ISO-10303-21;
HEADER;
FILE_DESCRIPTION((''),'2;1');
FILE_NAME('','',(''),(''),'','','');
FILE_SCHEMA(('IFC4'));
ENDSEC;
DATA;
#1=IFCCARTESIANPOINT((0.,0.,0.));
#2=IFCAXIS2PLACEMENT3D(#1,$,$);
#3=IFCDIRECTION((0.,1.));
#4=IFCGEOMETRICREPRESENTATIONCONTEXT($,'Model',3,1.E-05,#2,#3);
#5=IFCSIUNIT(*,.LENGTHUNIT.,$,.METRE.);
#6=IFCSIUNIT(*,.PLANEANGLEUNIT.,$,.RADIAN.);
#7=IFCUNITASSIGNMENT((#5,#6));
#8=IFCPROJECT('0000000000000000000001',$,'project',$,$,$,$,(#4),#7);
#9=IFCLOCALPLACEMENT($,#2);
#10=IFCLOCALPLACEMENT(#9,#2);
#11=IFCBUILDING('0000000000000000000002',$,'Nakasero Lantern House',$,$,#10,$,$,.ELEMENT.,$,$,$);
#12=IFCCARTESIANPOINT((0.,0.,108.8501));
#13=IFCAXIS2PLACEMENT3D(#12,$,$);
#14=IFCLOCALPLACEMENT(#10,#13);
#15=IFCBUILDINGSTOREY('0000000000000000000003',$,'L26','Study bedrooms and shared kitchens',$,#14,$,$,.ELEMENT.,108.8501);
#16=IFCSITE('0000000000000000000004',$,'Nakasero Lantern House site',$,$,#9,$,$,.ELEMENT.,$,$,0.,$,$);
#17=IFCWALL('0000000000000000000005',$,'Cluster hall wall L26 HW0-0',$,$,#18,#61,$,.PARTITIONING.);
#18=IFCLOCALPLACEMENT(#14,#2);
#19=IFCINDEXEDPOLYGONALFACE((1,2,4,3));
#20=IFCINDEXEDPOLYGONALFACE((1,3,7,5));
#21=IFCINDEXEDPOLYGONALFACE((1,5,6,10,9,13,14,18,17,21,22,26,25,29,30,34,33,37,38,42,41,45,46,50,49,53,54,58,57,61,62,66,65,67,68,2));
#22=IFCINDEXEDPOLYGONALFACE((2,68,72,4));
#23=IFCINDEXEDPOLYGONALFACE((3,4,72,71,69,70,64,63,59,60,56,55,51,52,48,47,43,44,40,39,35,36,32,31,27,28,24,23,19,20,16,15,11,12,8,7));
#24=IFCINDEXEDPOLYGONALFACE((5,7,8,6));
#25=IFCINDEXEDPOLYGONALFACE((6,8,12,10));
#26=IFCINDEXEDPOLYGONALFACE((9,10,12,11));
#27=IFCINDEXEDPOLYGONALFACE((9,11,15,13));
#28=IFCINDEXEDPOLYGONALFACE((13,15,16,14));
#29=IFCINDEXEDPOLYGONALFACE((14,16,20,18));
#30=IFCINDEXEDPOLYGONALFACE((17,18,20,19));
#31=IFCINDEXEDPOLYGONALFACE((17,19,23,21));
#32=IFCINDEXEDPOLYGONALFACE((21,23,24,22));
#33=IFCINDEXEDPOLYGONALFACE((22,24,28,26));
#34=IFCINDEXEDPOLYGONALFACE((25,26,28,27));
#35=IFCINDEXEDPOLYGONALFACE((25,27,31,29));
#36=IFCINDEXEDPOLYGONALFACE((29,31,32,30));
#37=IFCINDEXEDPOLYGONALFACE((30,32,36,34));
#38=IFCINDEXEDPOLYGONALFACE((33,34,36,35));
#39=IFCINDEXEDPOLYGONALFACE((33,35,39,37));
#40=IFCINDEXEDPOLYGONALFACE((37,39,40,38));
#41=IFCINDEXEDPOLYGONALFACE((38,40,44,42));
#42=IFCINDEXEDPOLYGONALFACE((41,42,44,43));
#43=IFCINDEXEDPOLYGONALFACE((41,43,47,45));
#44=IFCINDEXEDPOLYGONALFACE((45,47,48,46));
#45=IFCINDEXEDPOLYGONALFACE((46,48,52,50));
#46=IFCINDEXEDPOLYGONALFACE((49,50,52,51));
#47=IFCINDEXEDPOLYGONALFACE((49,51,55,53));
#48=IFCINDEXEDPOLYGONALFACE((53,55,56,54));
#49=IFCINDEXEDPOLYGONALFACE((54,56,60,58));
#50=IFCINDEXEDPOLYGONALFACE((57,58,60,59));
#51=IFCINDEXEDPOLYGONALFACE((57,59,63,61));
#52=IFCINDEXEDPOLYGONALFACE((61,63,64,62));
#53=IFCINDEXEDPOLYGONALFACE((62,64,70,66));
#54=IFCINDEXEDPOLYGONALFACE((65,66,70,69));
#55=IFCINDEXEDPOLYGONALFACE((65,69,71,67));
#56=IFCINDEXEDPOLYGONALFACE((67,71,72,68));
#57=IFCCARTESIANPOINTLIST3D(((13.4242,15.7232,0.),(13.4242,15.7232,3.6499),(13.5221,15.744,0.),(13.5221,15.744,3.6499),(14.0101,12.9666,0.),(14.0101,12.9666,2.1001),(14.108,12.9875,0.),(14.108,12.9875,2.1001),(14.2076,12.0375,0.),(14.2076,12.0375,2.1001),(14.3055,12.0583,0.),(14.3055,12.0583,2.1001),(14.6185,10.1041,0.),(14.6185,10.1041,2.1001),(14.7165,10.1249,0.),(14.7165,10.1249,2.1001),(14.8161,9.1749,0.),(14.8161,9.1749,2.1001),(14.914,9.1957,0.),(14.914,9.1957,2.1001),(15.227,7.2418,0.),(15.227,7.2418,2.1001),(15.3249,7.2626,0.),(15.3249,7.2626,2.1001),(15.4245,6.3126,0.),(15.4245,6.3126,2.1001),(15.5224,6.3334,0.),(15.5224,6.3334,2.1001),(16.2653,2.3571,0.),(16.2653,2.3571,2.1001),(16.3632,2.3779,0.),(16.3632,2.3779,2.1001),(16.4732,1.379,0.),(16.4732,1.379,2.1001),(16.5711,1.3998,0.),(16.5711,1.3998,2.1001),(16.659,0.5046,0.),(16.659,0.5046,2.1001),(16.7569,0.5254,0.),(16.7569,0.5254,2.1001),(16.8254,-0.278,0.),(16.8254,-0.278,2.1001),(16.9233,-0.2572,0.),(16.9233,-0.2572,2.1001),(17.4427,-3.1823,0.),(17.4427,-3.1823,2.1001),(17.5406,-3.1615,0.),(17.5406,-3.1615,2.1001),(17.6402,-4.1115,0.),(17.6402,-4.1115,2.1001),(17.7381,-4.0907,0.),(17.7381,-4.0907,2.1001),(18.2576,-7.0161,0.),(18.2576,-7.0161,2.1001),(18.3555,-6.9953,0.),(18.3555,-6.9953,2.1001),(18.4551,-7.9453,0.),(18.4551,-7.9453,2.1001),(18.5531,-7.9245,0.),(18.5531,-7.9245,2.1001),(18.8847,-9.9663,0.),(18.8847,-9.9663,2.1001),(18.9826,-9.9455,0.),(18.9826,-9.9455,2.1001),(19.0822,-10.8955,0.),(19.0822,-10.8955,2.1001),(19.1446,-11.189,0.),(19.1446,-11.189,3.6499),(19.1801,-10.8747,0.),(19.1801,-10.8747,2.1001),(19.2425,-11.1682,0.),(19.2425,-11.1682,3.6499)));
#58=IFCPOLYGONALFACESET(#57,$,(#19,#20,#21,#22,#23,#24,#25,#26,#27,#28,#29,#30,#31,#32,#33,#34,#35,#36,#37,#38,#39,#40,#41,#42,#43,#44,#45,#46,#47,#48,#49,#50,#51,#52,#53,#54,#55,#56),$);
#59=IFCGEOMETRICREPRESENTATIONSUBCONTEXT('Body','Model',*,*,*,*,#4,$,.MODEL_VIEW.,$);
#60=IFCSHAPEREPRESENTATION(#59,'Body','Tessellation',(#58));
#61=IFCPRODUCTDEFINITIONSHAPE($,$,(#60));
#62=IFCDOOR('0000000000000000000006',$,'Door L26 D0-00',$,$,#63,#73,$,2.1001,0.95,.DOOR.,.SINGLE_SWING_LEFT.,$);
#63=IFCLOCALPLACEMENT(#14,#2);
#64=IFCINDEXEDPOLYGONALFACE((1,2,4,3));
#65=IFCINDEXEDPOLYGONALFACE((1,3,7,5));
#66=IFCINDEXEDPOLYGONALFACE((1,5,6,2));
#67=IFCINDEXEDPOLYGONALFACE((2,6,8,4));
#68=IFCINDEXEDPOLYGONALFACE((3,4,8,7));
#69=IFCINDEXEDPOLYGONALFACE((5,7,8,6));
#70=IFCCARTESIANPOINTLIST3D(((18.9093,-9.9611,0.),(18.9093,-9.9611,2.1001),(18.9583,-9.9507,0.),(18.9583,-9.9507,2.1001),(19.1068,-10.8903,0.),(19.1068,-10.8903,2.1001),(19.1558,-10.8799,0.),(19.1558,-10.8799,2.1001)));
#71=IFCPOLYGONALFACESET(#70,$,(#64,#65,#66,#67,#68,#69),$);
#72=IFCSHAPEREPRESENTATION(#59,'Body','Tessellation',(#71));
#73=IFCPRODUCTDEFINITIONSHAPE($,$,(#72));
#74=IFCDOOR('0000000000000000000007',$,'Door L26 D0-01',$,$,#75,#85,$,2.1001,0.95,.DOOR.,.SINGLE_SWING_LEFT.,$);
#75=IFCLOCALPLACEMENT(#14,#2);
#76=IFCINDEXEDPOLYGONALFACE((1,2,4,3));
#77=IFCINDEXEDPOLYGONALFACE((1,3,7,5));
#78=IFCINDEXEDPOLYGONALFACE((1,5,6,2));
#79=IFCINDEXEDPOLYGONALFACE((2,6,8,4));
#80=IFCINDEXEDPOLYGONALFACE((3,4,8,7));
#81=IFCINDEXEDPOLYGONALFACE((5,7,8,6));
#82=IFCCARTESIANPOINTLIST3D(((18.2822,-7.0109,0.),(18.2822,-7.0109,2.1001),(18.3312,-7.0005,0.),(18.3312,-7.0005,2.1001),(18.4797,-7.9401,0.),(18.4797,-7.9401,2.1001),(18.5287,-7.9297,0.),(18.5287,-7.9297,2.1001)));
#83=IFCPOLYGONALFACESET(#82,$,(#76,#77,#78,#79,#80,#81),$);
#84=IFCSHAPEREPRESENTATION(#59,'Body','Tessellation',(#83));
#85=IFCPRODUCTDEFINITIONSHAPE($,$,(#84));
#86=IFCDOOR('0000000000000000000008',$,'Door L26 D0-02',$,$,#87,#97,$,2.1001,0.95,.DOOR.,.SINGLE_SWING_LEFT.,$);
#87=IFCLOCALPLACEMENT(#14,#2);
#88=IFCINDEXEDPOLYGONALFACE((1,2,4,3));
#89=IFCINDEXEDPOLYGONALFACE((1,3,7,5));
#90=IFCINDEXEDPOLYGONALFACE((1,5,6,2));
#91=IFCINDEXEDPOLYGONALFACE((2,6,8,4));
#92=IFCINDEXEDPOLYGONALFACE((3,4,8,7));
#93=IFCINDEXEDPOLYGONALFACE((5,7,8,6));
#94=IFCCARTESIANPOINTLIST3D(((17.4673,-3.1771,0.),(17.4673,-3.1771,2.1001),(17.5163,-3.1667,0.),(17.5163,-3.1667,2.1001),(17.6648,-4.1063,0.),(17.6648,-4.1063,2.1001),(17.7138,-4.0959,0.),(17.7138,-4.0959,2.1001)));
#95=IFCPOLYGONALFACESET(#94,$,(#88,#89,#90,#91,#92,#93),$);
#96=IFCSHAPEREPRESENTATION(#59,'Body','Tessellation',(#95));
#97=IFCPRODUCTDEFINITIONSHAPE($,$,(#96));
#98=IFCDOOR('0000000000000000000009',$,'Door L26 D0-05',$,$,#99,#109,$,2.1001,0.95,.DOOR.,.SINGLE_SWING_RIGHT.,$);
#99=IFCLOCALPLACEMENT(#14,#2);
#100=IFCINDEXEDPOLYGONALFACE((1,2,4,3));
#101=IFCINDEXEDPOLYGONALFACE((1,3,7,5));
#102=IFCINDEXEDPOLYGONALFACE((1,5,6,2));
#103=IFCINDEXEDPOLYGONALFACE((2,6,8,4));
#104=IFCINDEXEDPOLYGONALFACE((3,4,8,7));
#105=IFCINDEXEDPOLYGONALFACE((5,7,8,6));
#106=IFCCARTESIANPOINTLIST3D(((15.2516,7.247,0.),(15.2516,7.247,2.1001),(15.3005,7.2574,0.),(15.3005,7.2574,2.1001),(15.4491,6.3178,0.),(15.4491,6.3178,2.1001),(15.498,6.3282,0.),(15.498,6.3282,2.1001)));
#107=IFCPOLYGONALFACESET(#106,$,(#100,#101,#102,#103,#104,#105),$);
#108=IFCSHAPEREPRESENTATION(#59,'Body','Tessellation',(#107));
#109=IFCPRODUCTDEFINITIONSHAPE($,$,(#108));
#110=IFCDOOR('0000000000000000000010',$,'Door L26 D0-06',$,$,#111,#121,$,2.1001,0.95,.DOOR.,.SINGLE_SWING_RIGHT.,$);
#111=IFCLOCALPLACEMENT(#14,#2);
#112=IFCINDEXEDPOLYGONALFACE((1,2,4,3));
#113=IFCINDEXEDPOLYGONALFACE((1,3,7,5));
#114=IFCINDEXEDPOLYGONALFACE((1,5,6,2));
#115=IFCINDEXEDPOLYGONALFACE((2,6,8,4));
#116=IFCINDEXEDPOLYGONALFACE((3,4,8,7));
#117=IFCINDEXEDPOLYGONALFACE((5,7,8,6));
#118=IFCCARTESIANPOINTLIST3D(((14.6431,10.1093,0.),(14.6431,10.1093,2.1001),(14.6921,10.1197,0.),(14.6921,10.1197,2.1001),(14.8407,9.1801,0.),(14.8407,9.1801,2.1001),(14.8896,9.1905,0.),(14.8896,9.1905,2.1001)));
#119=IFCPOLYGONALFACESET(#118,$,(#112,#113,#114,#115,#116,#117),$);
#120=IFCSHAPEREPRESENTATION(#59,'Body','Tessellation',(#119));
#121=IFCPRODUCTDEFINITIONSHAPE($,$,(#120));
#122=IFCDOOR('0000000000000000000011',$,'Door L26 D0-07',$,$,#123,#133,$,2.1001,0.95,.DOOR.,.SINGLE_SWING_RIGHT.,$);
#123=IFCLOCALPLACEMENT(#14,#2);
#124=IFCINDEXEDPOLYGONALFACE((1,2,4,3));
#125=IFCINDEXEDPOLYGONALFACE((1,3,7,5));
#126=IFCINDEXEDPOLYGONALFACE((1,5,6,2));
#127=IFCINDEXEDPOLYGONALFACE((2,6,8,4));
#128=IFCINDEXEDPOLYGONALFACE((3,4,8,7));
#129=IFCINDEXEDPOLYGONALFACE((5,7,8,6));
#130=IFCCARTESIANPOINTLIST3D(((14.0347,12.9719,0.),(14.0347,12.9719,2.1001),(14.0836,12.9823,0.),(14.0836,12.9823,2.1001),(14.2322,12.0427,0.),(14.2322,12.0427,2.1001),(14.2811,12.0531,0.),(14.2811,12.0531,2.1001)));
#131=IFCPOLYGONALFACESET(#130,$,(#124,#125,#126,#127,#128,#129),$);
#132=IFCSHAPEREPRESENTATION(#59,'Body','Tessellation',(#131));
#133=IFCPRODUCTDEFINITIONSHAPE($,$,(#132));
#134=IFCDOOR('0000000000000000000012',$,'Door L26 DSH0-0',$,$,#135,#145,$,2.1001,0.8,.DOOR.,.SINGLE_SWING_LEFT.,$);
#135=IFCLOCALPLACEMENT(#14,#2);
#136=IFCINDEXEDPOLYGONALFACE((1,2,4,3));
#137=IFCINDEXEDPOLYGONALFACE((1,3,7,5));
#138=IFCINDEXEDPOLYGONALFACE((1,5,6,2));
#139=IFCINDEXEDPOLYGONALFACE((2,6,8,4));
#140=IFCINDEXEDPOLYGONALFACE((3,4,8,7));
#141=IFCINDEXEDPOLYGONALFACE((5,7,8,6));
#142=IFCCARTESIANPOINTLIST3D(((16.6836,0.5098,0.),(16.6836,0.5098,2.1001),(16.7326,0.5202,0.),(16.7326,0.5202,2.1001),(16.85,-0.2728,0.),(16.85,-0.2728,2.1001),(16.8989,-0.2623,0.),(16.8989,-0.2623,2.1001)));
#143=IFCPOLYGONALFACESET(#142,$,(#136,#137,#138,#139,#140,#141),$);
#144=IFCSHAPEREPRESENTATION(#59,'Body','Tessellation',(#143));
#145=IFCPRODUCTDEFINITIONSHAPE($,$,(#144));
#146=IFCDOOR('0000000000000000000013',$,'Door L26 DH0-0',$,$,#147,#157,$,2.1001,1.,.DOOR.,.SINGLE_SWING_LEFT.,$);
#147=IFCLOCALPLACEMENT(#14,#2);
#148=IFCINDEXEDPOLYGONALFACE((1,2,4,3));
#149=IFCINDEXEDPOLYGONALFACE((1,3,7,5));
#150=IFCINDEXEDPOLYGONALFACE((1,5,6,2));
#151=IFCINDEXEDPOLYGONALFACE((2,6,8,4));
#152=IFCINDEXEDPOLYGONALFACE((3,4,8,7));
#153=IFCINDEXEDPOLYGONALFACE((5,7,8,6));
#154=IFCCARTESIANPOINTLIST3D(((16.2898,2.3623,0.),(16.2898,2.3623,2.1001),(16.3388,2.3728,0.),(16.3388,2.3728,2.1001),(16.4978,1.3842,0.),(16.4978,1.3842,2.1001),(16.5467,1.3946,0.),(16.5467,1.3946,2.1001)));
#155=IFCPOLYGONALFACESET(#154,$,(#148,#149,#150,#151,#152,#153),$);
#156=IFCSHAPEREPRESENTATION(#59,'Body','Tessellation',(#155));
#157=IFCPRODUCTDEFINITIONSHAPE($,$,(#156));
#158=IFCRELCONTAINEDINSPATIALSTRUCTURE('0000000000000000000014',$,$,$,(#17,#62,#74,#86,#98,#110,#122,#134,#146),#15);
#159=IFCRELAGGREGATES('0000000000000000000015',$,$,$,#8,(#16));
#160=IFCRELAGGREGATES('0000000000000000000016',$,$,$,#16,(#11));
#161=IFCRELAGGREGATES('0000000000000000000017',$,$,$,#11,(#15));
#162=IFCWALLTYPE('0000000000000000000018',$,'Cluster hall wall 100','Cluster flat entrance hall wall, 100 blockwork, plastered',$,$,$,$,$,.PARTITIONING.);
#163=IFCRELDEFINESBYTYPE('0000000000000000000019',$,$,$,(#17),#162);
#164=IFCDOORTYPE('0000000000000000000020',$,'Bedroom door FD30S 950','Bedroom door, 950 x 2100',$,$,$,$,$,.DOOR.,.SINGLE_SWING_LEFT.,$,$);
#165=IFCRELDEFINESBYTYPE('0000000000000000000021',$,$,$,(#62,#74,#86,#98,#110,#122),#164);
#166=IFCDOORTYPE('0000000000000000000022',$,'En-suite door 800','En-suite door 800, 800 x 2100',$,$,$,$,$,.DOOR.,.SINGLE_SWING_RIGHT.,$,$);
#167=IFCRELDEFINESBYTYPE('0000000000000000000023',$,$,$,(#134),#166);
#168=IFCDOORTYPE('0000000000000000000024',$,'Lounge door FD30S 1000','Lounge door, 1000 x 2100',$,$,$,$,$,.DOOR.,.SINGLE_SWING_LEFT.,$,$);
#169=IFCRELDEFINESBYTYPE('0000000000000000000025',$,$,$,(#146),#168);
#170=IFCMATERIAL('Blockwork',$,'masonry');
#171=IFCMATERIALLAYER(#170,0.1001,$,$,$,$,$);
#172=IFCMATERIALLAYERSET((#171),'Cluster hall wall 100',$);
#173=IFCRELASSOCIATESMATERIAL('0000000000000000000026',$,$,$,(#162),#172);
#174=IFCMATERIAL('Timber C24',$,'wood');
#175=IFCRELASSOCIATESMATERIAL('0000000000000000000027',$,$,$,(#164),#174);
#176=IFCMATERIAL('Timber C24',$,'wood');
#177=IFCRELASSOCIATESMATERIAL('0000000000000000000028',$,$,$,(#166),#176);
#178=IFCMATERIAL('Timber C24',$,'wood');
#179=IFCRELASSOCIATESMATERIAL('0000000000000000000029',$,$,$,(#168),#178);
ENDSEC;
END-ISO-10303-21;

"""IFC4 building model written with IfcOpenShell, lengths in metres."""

from ifc_helpers import new_model, si_unit, direction, frame, frame_2d, origin, place, context, subcontext, project, spatial, rectangle, extrude, material, layer, layer_set, type_object, element, fill, save


model = new_model("IFC4")

# Units and contexts
model_context = context("Model", 3, precision=1e-05, world=origin(), true_north=direction((0.0, 1.0)))
body_context = subcontext(model_context, "Body", "Model", "MODEL_VIEW")
ifc_project = project(units=[si_unit("LENGTHUNIT", "METRE"), si_unit("PLANEANGLEUNIT", "RADIAN")], contexts=[model_context])

# Site, building, storey
site_placement = place(None, origin())
site = spatial("IfcSite", under=ifc_project, at=site_placement, Name="Nakasero Lantern House site", CompositionType="ELEMENT", RefElevation=0.0)
building_placement = place(site_placement, origin())
building = spatial("IfcBuilding", under=site, at=building_placement, Name="Nakasero Lantern House", CompositionType="ELEMENT")
storey_placement = place(building_placement, frame((0.0, 0.0, 108.8501)))
storey = spatial("IfcBuildingStorey", under=building, at=storey_placement, Name="L26", Description="Study bedrooms and shared kitchens", CompositionType="ELEMENT", Elevation=108.8501)

# Wall, openings, doors
ifc_material_1 = material(Name="Blockwork", Category="masonry")
ifc_layer_1 = layer(ifc_material_1, 0.1001)
ifc_layer_set_1 = layer_set([ifc_layer_1], Name="Cluster hall wall 100")
wall_type_1 = type_object("IfcWallType", Name="Cluster hall wall 100", Description="Cluster flat entrance hall wall, 100 blockwork, plastered", PredefinedType="PARTITIONING", material=ifc_layer_set_1)
wall_1_placement = place(storey_placement, frame((19.1936, -11.1787, 0.0), z_axis=(0.0, 0.0, 1.0), x_axis=(-0.207916, 0.978147, 0.0)))
wall_1 = element("IfcWall", 1, at=wall_1_placement, inside=storey, type_object=wall_type_1, Name="Cluster hall wall L26 HW0-0", PredefinedType="PARTITIONING", context=body_context, shape_type="SweptSolid", body=[
    extrude(rectangle(XDim=27.5134, YDim=0.1001, at=frame_2d((13.7568, 0.0))), origin(), (0.0, 0.0, 1.0), 3.6499),
])
opening_1_placement = place(wall_1_placement, frame((12.8489, 0.0, 0.0)))
opening_1 = element("IfcOpeningElement", 2, at=opening_1_placement, cuts=wall_1, PredefinedType="OPENING", context=body_context, shape_type="SweptSolid", body=[
    extrude(rectangle(XDim=1.0, YDim=2.1001, at=frame_2d((0.5, 1.05))), frame((0.0, 0.0701, 0.0), z_axis=(0.0, -1.0, 0.0), x_axis=(1.0, 0.0, 0.0)), (0.0, 0.0, 1.0), 0.1401),
])
opening_2_placement = place(wall_1_placement, frame((11.155, 0.0, 0.0)))
opening_2 = element("IfcOpeningElement", 3, at=opening_2_placement, cuts=wall_1, PredefinedType="OPENING", context=body_context, shape_type="SweptSolid", body=[
    extrude(rectangle(XDim=0.8, YDim=2.1001, at=frame_2d((0.3999, 1.05))), frame((0.0, 0.0701, 0.0), z_axis=(0.0, -1.0, 0.0), x_axis=(1.0, 0.0, 0.0)), (0.0, 0.0, 1.0), 0.1401),
])
opening_3_placement = place(wall_1_placement, frame((0.3, 0.0, 0.0)))
opening_3 = element("IfcOpeningElement", 4, at=opening_3_placement, cuts=wall_1, PredefinedType="OPENING", context=body_context, shape_type="SweptSolid", body=[
    extrude(rectangle(XDim=0.95, YDim=2.1001, at=frame_2d((0.4751, 1.05))), frame((0.0, 0.0701, 0.0), z_axis=(0.0, -1.0, 0.0), x_axis=(1.0, 0.0, 0.0)), (0.0, 0.0, 1.0), 0.1401),
])
opening_4_placement = place(wall_1_placement, frame((3.3162, 0.0, 0.0)))
opening_4 = element("IfcOpeningElement", 5, at=opening_4_placement, cuts=wall_1, PredefinedType="OPENING", context=body_context, shape_type="SweptSolid", body=[
    extrude(rectangle(XDim=0.95, YDim=2.1001, at=frame_2d((0.4751, 1.05))), frame((0.0, 0.0701, 0.0), z_axis=(0.0, -1.0, 0.0), x_axis=(1.0, 0.0, 0.0)), (0.0, 0.0, 1.0), 0.1401),
])
opening_5_placement = place(wall_1_placement, frame((7.2356, 0.0, 0.0)))
opening_5 = element("IfcOpeningElement", 6, at=opening_5_placement, cuts=wall_1, PredefinedType="OPENING", context=body_context, shape_type="SweptSolid", body=[
    extrude(rectangle(XDim=0.95, YDim=2.1001, at=frame_2d((0.4751, 1.05))), frame((0.0, 0.0701, 0.0), z_axis=(0.0, -1.0, 0.0), x_axis=(1.0, 0.0, 0.0)), (0.0, 0.0, 1.0), 0.1401),
])
opening_6_placement = place(wall_1_placement, frame((17.8926, 0.0, 0.0)))
opening_6 = element("IfcOpeningElement", 7, at=opening_6_placement, cuts=wall_1, PredefinedType="OPENING", context=body_context, shape_type="SweptSolid", body=[
    extrude(rectangle(XDim=0.95, YDim=2.1001, at=frame_2d((0.4751, 1.05))), frame((0.0, 0.0701, 0.0), z_axis=(0.0, -1.0, 0.0), x_axis=(1.0, 0.0, 0.0)), (0.0, 0.0, 1.0), 0.1401),
])
opening_7_placement = place(wall_1_placement, frame((20.8188, 0.0, 0.0)))
opening_7 = element("IfcOpeningElement", 8, at=opening_7_placement, cuts=wall_1, PredefinedType="OPENING", context=body_context, shape_type="SweptSolid", body=[
    extrude(rectangle(XDim=0.95, YDim=2.1001, at=frame_2d((0.4751, 1.05))), frame((0.0, 0.0701, 0.0), z_axis=(0.0, -1.0, 0.0), x_axis=(1.0, 0.0, 0.0)), (0.0, 0.0, 1.0), 0.1401),
])
opening_8_placement = place(wall_1_placement, frame((23.7454, 0.0, 0.0)))
opening_8 = element("IfcOpeningElement", 9, at=opening_8_placement, cuts=wall_1, PredefinedType="OPENING", context=body_context, shape_type="SweptSolid", body=[
    extrude(rectangle(XDim=0.95, YDim=2.1001, at=frame_2d((0.4751, 1.05))), frame((0.0, 0.0701, 0.0), z_axis=(0.0, -1.0, 0.0), x_axis=(1.0, 0.0, 0.0)), (0.0, 0.0, 1.0), 0.1401),
])
ifc_material_2 = material(Name="Timber C24", Category="wood")
door_type_1 = type_object("IfcDoorType", Name="Bedroom door FD30S 950", Description="Bedroom door, 950 x 2100", OperationType="SINGLE_SWING_LEFT", PredefinedType="DOOR", material=ifc_material_2)
door_1_placement = place(opening_3_placement, origin())
door_1 = element("IfcDoor", 10, at=door_1_placement, inside=storey, type_object=door_type_1, Name="Door L26 D0-00", OperationType="SINGLE_SWING_LEFT", OverallHeight=2.1001, OverallWidth=0.95, PredefinedType="DOOR", context=body_context, shape_type="SweptSolid", body=[
    extrude(rectangle(XDim=0.95, YDim=2.1001, at=frame_2d((0.4751, 1.05))), frame((0.0, 0.0249, 0.0), z_axis=(0.0, -1.0, 0.0), x_axis=(1.0, 0.0, 0.0)), (0.0, 0.0, 1.0), 0.05),
])
fill(opening_3, door_1)
door_2_placement = place(opening_4_placement, origin())
door_2 = element("IfcDoor", 11, at=door_2_placement, inside=storey, type_object=door_type_1, Name="Door L26 D0-01", OperationType="SINGLE_SWING_LEFT", OverallHeight=2.1001, OverallWidth=0.95, PredefinedType="DOOR", context=body_context, shape_type="SweptSolid", body=[
    extrude(rectangle(XDim=0.95, YDim=2.1001, at=frame_2d((0.4751, 1.05))), frame((0.0, 0.0249, 0.0), z_axis=(0.0, -1.0, 0.0), x_axis=(1.0, 0.0, 0.0)), (0.0, 0.0, 1.0), 0.05),
])
fill(opening_4, door_2)
door_3_placement = place(opening_5_placement, origin())
door_3 = element("IfcDoor", 12, at=door_3_placement, inside=storey, type_object=door_type_1, Name="Door L26 D0-02", OperationType="SINGLE_SWING_LEFT", OverallHeight=2.1001, OverallWidth=0.95, PredefinedType="DOOR", context=body_context, shape_type="SweptSolid", body=[
    extrude(rectangle(XDim=0.95, YDim=2.1001, at=frame_2d((0.4751, 1.05))), frame((0.0, 0.0249, 0.0), z_axis=(0.0, -1.0, 0.0), x_axis=(1.0, 0.0, 0.0)), (0.0, 0.0, 1.0), 0.05),
])
fill(opening_5, door_3)
door_4_placement = place(opening_6_placement, origin())
door_4 = element("IfcDoor", 13, at=door_4_placement, inside=storey, type_object=door_type_1, Name="Door L26 D0-05", OperationType="SINGLE_SWING_RIGHT", OverallHeight=2.1001, OverallWidth=0.95, PredefinedType="DOOR", context=body_context, shape_type="SweptSolid", body=[
    extrude(rectangle(XDim=0.95, YDim=2.1001, at=frame_2d((0.4751, 1.05))), frame((0.0, 0.0249, 0.0), z_axis=(0.0, -1.0, 0.0), x_axis=(1.0, 0.0, 0.0)), (0.0, 0.0, 1.0), 0.05),
])
fill(opening_6, door_4)
door_5_placement = place(opening_7_placement, origin())
door_5 = element("IfcDoor", 14, at=door_5_placement, inside=storey, type_object=door_type_1, Name="Door L26 D0-06", OperationType="SINGLE_SWING_RIGHT", OverallHeight=2.1001, OverallWidth=0.95, PredefinedType="DOOR", context=body_context, shape_type="SweptSolid", body=[
    extrude(rectangle(XDim=0.95, YDim=2.1001, at=frame_2d((0.4751, 1.05))), frame((0.0, 0.0249, 0.0), z_axis=(0.0, -1.0, 0.0), x_axis=(1.0, 0.0, 0.0)), (0.0, 0.0, 1.0), 0.05),
])
fill(opening_7, door_5)
door_6_placement = place(opening_8_placement, origin())
door_6 = element("IfcDoor", 15, at=door_6_placement, inside=storey, type_object=door_type_1, Name="Door L26 D0-07", OperationType="SINGLE_SWING_RIGHT", OverallHeight=2.1001, OverallWidth=0.95, PredefinedType="DOOR", context=body_context, shape_type="SweptSolid", body=[
    extrude(rectangle(XDim=0.95, YDim=2.1001, at=frame_2d((0.4751, 1.05))), frame((0.0, 0.0249, 0.0), z_axis=(0.0, -1.0, 0.0), x_axis=(1.0, 0.0, 0.0)), (0.0, 0.0, 1.0), 0.05),
])
fill(opening_8, door_6)
ifc_material_3 = material(Name="Timber C24", Category="wood")
door_type_2 = type_object("IfcDoorType", Name="En-suite door 800", Description="En-suite door 800, 800 x 2100", OperationType="SINGLE_SWING_RIGHT", PredefinedType="DOOR", material=ifc_material_3)
door_7_placement = place(opening_2_placement, origin())
door_7 = element("IfcDoor", 16, at=door_7_placement, inside=storey, type_object=door_type_2, Name="Door L26 DSH0-0", OperationType="SINGLE_SWING_LEFT", OverallHeight=2.1001, OverallWidth=0.8, PredefinedType="DOOR", context=body_context, shape_type="SweptSolid", body=[
    extrude(rectangle(XDim=0.8, YDim=2.1001, at=frame_2d((0.3999, 1.05))), frame((0.0, 0.0249, 0.0), z_axis=(0.0, -1.0, 0.0), x_axis=(1.0, 0.0, 0.0)), (0.0, 0.0, 1.0), 0.05),
])
fill(opening_2, door_7)
ifc_material_4 = material(Name="Timber C24", Category="wood")
door_type_3 = type_object("IfcDoorType", Name="Lounge door FD30S 1000", Description="Lounge door, 1000 x 2100", OperationType="SINGLE_SWING_LEFT", PredefinedType="DOOR", material=ifc_material_4)
door_8_placement = place(opening_1_placement, origin())
door_8 = element("IfcDoor", 17, at=door_8_placement, inside=storey, type_object=door_type_3, Name="Door L26 DH0-0", OperationType="SINGLE_SWING_LEFT", OverallHeight=2.1001, OverallWidth=1.0, PredefinedType="DOOR", context=body_context, shape_type="SweptSolid", body=[
    extrude(rectangle(XDim=1.0, YDim=2.1001, at=frame_2d((0.5, 1.05))), frame((0.0, 0.0249, 0.0), z_axis=(0.0, -1.0, 0.0), x_axis=(1.0, 0.0, 0.0)), (0.0, 0.0, 1.0), 0.05),
])
fill(opening_1, door_8)

save(model, "model.ifc")
